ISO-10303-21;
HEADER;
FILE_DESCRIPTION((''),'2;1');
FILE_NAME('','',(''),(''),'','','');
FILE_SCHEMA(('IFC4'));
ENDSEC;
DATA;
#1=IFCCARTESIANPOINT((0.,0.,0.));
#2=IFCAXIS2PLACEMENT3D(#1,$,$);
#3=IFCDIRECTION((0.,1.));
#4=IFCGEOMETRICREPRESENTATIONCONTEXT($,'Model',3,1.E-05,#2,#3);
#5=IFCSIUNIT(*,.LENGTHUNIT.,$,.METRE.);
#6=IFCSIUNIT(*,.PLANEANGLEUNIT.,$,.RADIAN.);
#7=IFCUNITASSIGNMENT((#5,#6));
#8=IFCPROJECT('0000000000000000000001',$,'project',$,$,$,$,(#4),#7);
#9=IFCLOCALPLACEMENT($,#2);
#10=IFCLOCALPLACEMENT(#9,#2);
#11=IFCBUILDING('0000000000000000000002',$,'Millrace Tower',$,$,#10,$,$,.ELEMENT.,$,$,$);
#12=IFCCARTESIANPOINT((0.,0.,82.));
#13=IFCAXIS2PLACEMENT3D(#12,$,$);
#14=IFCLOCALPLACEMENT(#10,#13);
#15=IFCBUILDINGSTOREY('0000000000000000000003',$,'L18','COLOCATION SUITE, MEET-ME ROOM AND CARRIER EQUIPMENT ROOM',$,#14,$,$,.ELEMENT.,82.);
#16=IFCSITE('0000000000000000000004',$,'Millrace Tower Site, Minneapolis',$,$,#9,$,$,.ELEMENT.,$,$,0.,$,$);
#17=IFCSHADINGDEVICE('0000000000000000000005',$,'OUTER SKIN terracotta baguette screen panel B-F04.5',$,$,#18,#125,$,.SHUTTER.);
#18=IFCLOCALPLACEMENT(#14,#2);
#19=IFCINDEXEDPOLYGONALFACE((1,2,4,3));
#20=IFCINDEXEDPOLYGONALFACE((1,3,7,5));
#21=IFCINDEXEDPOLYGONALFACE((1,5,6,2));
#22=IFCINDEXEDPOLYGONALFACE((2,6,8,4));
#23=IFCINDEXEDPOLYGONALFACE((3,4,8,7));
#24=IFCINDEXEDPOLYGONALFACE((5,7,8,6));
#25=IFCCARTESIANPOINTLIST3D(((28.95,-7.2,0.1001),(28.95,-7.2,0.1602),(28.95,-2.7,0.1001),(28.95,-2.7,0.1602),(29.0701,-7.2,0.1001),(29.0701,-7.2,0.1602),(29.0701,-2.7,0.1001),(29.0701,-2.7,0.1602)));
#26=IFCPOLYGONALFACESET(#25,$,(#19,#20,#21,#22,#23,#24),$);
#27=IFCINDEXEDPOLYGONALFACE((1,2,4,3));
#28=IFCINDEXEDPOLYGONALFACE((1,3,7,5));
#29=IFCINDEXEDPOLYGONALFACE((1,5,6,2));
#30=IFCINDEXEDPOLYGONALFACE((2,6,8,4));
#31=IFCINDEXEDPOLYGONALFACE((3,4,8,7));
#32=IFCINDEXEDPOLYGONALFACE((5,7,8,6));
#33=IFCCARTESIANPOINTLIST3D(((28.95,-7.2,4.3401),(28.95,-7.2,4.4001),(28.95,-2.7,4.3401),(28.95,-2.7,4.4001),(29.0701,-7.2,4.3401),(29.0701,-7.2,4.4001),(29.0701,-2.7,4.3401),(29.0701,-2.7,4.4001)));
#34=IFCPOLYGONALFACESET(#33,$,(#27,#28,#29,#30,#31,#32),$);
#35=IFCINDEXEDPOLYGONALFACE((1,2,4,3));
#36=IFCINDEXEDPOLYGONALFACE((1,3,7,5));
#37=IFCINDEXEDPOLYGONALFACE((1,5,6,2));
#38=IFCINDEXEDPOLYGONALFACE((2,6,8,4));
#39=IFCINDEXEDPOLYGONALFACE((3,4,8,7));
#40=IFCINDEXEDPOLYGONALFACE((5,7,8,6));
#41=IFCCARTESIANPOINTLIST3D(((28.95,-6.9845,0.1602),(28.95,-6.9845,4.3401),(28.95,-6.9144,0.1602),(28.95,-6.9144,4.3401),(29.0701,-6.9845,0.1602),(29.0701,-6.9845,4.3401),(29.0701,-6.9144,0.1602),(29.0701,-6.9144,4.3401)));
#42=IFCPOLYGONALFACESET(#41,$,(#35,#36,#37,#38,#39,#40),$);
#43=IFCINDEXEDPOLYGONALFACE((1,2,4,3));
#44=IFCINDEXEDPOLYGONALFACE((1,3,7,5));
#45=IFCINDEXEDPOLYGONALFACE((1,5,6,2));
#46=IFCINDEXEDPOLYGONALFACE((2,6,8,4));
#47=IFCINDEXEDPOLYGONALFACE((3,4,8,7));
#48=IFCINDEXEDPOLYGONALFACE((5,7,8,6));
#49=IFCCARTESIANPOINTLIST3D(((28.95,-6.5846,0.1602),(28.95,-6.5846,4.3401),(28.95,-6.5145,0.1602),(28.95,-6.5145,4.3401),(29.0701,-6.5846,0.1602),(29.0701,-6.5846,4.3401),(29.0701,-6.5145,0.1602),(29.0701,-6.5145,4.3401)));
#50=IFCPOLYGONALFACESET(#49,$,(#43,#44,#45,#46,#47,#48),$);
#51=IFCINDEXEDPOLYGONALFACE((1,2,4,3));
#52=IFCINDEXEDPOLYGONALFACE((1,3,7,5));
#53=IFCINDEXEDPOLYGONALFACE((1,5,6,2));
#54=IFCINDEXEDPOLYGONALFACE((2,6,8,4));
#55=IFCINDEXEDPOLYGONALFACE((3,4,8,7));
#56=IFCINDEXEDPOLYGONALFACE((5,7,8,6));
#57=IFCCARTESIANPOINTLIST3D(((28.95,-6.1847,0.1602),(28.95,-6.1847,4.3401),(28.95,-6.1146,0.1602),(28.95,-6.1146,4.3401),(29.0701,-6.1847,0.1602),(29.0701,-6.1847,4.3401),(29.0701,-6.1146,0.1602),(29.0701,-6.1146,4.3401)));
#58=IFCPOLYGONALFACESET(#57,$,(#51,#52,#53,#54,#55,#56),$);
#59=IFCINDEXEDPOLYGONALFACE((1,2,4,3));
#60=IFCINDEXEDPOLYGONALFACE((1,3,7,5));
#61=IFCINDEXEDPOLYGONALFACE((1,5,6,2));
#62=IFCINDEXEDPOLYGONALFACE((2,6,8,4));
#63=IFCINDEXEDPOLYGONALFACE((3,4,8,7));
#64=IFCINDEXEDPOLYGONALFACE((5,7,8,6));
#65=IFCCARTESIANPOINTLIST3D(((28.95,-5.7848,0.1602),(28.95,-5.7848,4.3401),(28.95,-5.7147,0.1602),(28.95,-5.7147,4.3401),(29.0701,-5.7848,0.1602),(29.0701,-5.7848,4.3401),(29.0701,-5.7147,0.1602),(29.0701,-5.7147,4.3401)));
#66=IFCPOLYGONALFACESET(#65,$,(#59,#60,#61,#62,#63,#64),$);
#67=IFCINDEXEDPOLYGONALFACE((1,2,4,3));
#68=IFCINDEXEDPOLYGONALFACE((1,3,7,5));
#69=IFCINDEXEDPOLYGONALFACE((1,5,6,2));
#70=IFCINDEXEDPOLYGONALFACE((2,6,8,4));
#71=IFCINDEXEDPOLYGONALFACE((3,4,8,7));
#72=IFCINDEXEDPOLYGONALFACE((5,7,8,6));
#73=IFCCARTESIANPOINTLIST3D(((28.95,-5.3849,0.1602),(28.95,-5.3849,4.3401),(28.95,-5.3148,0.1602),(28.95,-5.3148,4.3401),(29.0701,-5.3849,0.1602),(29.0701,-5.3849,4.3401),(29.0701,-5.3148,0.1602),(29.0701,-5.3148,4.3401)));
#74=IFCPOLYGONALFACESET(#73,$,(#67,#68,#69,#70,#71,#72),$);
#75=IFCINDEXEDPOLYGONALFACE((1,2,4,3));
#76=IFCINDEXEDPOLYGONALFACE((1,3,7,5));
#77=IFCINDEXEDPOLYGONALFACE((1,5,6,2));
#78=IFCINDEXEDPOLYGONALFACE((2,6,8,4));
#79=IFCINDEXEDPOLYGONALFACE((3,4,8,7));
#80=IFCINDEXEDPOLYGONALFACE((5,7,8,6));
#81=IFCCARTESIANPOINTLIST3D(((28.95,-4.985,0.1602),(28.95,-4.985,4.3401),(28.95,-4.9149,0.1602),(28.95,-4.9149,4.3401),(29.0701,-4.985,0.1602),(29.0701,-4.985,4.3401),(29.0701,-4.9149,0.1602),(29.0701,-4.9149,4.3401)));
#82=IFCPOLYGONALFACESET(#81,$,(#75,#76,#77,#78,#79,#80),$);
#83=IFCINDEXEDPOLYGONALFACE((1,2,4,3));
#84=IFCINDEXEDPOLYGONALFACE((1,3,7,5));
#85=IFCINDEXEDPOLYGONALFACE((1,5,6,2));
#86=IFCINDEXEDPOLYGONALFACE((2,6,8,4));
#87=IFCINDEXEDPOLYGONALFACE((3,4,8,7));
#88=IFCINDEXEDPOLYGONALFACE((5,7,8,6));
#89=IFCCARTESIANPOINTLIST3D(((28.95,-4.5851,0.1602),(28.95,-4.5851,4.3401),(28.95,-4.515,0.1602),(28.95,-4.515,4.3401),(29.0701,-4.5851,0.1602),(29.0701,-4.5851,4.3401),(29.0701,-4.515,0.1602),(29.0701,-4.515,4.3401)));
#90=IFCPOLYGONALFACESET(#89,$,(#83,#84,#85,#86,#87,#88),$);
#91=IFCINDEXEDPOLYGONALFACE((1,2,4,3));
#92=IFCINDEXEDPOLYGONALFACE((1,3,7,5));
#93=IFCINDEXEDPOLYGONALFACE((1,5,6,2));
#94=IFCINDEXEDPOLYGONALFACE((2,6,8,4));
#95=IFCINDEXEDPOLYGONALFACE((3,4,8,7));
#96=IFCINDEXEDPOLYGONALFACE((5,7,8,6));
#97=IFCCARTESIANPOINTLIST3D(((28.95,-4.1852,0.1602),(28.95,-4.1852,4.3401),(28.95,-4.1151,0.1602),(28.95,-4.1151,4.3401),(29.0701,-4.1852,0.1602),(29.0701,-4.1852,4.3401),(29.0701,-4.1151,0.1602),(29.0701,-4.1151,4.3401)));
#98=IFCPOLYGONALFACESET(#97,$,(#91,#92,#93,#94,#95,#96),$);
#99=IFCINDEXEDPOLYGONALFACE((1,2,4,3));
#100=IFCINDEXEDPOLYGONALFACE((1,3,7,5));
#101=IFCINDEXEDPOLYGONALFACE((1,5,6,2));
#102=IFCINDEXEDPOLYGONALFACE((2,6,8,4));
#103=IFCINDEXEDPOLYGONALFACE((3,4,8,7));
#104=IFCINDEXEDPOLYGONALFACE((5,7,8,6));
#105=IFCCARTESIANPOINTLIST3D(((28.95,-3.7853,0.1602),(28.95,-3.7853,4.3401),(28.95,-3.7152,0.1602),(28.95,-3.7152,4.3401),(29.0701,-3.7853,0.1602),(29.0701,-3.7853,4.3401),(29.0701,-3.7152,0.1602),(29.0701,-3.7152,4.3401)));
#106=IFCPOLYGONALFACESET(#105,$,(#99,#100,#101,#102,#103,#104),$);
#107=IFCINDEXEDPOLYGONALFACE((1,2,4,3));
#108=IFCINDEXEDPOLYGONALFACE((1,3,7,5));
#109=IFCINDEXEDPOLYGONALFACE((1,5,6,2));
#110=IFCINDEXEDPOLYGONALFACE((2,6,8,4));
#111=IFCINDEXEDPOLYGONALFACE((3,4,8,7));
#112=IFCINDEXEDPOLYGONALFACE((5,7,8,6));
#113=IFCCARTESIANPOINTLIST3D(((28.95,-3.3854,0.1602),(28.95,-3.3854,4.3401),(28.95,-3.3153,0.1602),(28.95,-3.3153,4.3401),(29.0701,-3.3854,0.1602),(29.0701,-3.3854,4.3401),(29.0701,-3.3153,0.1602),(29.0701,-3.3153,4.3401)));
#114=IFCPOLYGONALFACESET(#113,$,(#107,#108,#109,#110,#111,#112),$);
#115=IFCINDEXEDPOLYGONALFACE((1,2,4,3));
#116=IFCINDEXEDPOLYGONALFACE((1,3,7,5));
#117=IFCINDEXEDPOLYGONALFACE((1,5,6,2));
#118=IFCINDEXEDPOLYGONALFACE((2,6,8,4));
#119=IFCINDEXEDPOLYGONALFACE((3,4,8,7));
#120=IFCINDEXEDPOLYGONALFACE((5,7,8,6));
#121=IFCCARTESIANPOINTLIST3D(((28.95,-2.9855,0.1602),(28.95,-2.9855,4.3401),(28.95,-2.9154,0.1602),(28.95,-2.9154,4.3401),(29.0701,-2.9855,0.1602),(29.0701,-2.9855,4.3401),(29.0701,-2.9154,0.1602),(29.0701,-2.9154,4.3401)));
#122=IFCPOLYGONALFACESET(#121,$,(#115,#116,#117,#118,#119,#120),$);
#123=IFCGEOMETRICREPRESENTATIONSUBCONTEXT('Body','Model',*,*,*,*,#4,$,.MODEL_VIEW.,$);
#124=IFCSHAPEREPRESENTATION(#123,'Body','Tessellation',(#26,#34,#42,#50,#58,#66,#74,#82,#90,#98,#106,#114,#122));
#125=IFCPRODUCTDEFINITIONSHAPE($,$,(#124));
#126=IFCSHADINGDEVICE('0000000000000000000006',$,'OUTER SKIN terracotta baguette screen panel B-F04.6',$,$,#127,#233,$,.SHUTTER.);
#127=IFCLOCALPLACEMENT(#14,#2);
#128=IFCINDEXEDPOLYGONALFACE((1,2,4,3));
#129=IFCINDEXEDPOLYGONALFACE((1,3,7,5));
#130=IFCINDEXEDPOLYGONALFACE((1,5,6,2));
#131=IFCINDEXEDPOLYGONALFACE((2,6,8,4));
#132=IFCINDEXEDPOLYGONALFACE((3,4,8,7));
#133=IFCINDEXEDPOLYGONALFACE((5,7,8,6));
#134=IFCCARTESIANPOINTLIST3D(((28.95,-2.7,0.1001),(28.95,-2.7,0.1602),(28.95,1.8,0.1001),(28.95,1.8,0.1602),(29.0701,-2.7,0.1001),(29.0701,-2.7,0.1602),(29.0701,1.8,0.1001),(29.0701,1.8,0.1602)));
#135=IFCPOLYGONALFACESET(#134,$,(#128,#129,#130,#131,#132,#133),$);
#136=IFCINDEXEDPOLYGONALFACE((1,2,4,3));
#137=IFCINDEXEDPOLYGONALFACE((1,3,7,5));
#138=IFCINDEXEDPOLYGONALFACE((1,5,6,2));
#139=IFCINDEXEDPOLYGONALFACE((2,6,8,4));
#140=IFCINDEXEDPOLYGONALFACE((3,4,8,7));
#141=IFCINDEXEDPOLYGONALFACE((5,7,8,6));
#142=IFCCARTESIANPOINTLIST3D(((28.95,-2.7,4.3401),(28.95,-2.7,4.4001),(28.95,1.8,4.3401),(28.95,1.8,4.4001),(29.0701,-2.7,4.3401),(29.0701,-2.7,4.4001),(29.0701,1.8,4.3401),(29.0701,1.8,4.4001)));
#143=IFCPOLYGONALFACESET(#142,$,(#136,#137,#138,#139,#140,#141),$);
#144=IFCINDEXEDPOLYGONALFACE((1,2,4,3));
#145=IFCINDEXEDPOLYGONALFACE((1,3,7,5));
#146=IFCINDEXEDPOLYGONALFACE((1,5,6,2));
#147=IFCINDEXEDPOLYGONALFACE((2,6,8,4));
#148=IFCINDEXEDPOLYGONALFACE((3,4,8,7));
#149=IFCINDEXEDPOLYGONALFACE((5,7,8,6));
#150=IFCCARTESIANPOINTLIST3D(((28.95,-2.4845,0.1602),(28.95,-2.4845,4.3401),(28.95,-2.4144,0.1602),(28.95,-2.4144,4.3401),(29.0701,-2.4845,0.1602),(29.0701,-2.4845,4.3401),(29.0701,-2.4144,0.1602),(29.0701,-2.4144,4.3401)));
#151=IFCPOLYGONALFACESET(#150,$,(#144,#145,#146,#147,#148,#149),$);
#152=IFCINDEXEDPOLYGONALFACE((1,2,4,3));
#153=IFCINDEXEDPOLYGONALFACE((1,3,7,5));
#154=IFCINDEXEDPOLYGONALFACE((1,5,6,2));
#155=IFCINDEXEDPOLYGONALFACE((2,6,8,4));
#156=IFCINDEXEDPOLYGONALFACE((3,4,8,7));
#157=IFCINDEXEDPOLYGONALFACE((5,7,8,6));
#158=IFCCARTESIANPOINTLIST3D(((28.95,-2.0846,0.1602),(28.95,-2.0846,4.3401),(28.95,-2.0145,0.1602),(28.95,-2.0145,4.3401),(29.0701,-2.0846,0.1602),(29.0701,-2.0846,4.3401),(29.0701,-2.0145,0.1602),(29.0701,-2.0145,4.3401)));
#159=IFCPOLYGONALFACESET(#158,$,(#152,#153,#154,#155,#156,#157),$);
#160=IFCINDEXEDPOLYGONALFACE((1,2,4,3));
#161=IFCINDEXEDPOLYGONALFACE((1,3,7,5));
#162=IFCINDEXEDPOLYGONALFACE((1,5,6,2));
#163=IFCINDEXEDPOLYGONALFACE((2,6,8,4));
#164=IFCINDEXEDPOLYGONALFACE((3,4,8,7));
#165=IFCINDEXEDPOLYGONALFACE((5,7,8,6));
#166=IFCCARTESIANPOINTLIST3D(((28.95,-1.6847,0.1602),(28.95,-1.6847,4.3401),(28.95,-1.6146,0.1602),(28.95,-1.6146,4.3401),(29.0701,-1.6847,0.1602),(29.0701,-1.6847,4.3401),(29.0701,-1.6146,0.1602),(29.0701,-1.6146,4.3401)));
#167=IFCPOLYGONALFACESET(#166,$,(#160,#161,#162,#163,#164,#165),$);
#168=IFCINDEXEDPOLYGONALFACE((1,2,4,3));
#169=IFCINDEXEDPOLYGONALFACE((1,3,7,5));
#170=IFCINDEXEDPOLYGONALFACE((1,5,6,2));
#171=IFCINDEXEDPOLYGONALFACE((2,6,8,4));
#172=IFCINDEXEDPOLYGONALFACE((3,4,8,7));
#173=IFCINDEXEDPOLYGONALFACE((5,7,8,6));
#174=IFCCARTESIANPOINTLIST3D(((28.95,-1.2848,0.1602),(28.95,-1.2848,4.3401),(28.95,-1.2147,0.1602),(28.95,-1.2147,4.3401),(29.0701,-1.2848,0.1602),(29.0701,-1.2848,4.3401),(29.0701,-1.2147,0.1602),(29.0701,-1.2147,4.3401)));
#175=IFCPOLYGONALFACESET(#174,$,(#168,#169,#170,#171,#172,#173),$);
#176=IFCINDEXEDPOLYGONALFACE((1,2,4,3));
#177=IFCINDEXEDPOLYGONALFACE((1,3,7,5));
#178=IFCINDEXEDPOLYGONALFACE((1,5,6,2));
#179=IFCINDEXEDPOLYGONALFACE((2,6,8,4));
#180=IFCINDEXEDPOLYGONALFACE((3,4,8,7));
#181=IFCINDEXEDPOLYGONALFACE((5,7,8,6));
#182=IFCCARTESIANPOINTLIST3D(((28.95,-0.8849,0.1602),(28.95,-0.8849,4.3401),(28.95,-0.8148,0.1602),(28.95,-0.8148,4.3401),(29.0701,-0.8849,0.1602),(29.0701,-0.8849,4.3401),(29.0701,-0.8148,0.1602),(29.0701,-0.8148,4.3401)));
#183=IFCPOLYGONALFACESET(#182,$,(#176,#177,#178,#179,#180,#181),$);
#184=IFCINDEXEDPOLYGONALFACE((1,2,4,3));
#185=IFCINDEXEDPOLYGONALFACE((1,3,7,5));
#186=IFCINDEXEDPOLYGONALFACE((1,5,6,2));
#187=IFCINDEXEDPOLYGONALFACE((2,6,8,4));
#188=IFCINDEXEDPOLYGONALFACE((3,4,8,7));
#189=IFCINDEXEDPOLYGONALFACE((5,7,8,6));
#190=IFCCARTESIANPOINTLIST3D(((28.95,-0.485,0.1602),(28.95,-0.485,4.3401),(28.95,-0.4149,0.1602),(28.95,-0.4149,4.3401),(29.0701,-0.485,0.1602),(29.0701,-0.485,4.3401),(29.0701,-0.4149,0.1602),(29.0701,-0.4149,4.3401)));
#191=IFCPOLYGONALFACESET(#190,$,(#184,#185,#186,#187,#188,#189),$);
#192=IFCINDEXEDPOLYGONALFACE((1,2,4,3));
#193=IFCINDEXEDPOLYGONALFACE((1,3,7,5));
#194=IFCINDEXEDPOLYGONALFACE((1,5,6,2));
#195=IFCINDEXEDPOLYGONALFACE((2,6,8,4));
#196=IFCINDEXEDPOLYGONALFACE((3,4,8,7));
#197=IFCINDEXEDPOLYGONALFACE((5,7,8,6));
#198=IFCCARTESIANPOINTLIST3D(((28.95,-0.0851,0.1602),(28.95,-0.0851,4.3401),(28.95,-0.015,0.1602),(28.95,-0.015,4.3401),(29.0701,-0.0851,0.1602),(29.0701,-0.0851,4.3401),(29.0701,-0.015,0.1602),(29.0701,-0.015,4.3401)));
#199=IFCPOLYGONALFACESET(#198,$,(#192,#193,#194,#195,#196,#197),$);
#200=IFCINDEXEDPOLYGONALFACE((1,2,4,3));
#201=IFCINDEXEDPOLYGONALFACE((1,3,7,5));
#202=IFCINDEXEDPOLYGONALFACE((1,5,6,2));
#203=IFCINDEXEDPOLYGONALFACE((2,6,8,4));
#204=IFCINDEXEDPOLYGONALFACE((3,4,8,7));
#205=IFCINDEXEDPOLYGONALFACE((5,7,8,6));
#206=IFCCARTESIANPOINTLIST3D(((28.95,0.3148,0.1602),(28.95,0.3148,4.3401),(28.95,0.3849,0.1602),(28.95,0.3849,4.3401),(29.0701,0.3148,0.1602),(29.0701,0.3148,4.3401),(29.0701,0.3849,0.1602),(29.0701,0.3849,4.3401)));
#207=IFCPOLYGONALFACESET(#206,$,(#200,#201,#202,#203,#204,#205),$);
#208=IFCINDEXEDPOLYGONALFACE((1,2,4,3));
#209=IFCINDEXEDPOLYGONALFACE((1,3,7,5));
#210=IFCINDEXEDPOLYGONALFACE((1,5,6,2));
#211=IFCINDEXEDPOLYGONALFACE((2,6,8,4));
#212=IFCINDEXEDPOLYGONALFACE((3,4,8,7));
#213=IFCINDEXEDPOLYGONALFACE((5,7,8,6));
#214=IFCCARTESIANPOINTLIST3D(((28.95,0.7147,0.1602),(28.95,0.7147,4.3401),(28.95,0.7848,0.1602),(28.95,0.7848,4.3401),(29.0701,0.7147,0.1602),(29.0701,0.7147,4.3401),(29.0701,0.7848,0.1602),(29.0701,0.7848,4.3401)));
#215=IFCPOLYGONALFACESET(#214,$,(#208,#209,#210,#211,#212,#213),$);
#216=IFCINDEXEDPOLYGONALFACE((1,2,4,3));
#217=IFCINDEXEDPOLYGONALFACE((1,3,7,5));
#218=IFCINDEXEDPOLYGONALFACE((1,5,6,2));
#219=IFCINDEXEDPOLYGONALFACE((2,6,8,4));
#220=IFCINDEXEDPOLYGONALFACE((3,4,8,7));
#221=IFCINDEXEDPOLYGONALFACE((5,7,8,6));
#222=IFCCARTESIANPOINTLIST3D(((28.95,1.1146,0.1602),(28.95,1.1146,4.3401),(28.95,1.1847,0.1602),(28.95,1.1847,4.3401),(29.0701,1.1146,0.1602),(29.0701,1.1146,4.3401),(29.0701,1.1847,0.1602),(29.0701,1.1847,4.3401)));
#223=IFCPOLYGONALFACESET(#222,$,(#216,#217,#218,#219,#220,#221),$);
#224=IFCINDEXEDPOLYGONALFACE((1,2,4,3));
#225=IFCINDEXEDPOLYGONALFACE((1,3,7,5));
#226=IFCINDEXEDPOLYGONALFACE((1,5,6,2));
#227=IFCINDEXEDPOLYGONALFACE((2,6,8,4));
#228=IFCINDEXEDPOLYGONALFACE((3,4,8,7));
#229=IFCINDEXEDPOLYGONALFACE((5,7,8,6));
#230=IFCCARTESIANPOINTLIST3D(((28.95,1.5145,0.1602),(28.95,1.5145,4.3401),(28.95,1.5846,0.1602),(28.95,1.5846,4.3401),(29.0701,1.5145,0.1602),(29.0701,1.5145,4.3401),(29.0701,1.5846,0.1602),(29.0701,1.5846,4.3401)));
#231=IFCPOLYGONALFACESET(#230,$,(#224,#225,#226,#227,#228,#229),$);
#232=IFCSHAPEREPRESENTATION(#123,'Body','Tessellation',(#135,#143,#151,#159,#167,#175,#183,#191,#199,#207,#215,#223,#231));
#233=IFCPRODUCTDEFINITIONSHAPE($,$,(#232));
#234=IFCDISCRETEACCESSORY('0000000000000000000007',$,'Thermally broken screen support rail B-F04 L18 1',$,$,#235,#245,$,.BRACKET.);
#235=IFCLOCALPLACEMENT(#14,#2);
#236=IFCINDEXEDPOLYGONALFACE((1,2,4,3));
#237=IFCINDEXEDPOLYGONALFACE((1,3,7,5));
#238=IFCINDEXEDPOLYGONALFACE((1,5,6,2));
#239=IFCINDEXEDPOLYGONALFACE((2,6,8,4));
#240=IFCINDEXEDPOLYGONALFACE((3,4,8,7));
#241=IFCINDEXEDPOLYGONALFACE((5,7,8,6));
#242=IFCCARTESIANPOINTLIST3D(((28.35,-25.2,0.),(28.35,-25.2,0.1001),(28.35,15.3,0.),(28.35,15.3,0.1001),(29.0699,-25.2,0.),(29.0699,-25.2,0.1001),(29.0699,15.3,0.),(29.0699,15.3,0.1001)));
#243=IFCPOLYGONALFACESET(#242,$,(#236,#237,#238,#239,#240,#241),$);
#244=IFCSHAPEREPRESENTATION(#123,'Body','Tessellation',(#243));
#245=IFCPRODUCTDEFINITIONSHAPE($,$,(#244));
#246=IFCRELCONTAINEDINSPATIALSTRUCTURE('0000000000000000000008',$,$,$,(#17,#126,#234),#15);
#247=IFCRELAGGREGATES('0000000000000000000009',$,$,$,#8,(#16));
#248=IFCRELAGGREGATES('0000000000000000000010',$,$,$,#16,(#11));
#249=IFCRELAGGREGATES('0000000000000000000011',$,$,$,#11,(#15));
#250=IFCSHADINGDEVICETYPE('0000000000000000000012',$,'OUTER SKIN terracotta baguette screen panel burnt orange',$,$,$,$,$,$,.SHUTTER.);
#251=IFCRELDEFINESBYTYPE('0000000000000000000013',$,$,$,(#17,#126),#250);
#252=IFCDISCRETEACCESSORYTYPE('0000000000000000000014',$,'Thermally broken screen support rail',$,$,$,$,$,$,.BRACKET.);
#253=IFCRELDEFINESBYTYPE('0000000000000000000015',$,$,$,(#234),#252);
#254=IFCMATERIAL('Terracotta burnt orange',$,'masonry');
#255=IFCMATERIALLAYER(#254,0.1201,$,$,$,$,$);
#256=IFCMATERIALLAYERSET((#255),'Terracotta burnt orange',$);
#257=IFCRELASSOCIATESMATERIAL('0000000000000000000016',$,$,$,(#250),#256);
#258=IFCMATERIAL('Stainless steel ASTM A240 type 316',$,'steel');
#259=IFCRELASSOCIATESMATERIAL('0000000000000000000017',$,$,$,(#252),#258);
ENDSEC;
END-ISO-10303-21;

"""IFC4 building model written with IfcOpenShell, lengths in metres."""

from ifc_helpers import new_model, entity, si_unit, direction, frame, frame_2d, origin, origin_2d, place, context, subcontext, project, spatial, rectangle, extrude, source, transform, mapped, material, layer, layer_set, type_object, element, save


model = new_model("IFC4")

# Units and contexts
model_context = context("Model", 3, precision=1e-05, world=origin(), true_north=direction((0.0, 1.0)))
body_context = subcontext(model_context, "Body", "Model", "MODEL_VIEW")
ifc_project = project(units=[si_unit("LENGTHUNIT", "METRE"), si_unit("PLANEANGLEUNIT", "RADIAN")], contexts=[model_context])

# Site, building, storey
site_placement = place(None, origin())
site = spatial("IfcSite", under=ifc_project, at=site_placement, Name="Millrace Tower Site, Minneapolis", CompositionType="ELEMENT", RefElevation=0.0)
building_placement = place(site_placement, origin())
building = spatial("IfcBuilding", under=site, at=building_placement, Name="Millrace Tower", CompositionType="ELEMENT")
storey_placement = place(building_placement, frame((0.0, 0.0, 82.0)))
storey = spatial("IfcBuildingStorey", under=building, at=storey_placement, Name="L18", Description="COLOCATION SUITE, MEET-ME ROOM AND CARRIER EQUIPMENT ROOM", CompositionType="ELEMENT", Elevation=82.0)

# Shading devices
ifc_material_1 = material(Name="Terracotta burnt orange", Category="masonry")
ifc_layer_1 = layer(ifc_material_1, 0.1201)
ifc_layer_set_1 = layer_set([ifc_layer_1], Name="Terracotta burnt orange")
shading_device_type = type_object("IfcShadingDeviceType", Name="OUTER SKIN terracotta baguette screen panel burnt orange", PredefinedType="SHUTTER", material=ifc_layer_set_1)
cartesian_point = entity("IfcCartesianPoint", [-2.25, 0.0601])
shared_polyline = entity("IfcPolyline", [cartesian_point, entity("IfcCartesianPoint", [2.25, 0.0601]), entity("IfcCartesianPoint", [2.25, -0.0601]), entity("IfcCartesianPoint", [-2.25, -0.0601]), cartesian_point])
shared_shape = source(origin(), body_context, "Body", "SweptSolid", [
    entity("IfcExtrudedAreaSolid", entity("IfcArbitraryClosedProfileDef", "AREA", None, shared_polyline), entity("IfcAxis2Placement3D", entity("IfcCartesianPoint", [0.0, 0.0, 0.0])), entity("IfcDirection", [0.0, 0.0, 1.0]), 0.0601),
    entity("IfcExtrudedAreaSolid", entity("IfcArbitraryClosedProfileDef", "AREA", None, shared_polyline), entity("IfcAxis2Placement3D", entity("IfcCartesianPoint", [0.0, 0.0, 4.24])), entity("IfcDirection", [0.0, 0.0, 1.0]), 0.0601),
    extrude(rectangle(XDim=0.0701, YDim=0.1201, at=frame_2d((-1.9995, 0.0))), frame((0.0, 0.0, 0.0601)), (0.0, 0.0, 1.0), 4.1799),
    extrude(rectangle(XDim=0.0701, YDim=0.1201, at=frame_2d((-1.5996, 0.0))), frame((0.0, 0.0, 0.0601)), (0.0, 0.0, 1.0), 4.1799),
    extrude(rectangle(XDim=0.0701, YDim=0.1201, at=frame_2d((-1.1997, 0.0))), frame((0.0, 0.0, 0.0601)), (0.0, 0.0, 1.0), 4.1799),
    extrude(rectangle(XDim=0.0701, YDim=0.1201, at=frame_2d((-0.7998, 0.0))), frame((0.0, 0.0, 0.0601)), (0.0, 0.0, 1.0), 4.1799),
    extrude(rectangle(XDim=0.0701, YDim=0.1201, at=frame_2d((-0.3999, 0.0))), frame((0.0, 0.0, 0.0601)), (0.0, 0.0, 1.0), 4.1799),
    extrude(rectangle(XDim=0.0701, YDim=0.1201, at=origin_2d()), frame((0.0, 0.0, 0.0601)), (0.0, 0.0, 1.0), 4.1799),
    extrude(rectangle(XDim=0.0701, YDim=0.1201, at=frame_2d((0.3999, 0.0))), frame((0.0, 0.0, 0.0601)), (0.0, 0.0, 1.0), 4.1799),
    extrude(rectangle(XDim=0.0701, YDim=0.1201, at=frame_2d((0.7998, 0.0))), frame((0.0, 0.0, 0.0601)), (0.0, 0.0, 1.0), 4.1799),
    extrude(rectangle(XDim=0.0701, YDim=0.1201, at=frame_2d((1.1997, 0.0))), frame((0.0, 0.0, 0.0601)), (0.0, 0.0, 1.0), 4.1799),
    extrude(rectangle(XDim=0.0701, YDim=0.1201, at=frame_2d((1.5996, 0.0))), frame((0.0, 0.0, 0.0601)), (0.0, 0.0, 1.0), 4.1799),
    extrude(rectangle(XDim=0.0701, YDim=0.1201, at=frame_2d((1.9995, 0.0))), frame((0.0, 0.0, 0.0601)), (0.0, 0.0, 1.0), 4.1799),
])
for number, where, z_axis, x_axis, name in (
    (1, (29.01, -4.95, 0.1001), (0.0, 0.0, 1.0), (0.0, 1.0, 0.0), "OUTER SKIN terracotta baguette screen panel B-F04.5"),
    (2, (29.01, -0.45, 0.1001), (0.0, 0.0, 1.0), (0.0, 1.0, 0.0), "OUTER SKIN terracotta baguette screen panel B-F04.6"),
):
    element("IfcShadingDevice", number, at=place(storey_placement, frame(where, z_axis=z_axis, x_axis=x_axis)), inside=storey, type_object=shading_device_type, Name=name, PredefinedType="SHUTTER", context=body_context, shape_type="MappedRepresentation", body=[
        mapped(shared_shape, transform((0.0, 0.0, 0.0), scale=1.0)),
    ])

# Discrete accessory
ifc_material_2 = material(Name="Stainless steel ASTM A240 type 316", Category="steel")
discrete_accessory_type = type_object("IfcDiscreteAccessoryType", Name="Thermally broken screen support rail", PredefinedType="BRACKET", material=ifc_material_2)
discrete_accessory_placement = place(storey_placement, frame((28.71, -4.95, 0.0), z_axis=(0.0, 0.0, 1.0), x_axis=(0.0, 1.0, 0.0)))
element("IfcDiscreteAccessory", 3, at=discrete_accessory_placement, inside=storey, type_object=discrete_accessory_type, Name="Thermally broken screen support rail B-F04 L18 1", PredefinedType="BRACKET", context=body_context, shape_type="SweptSolid", body=[
    extrude(rectangle(XDim=40.5, YDim=0.72, at=origin_2d()), origin(), (0.0, 0.0, 1.0), 0.1001),
])

save(model, "model.ifc")
